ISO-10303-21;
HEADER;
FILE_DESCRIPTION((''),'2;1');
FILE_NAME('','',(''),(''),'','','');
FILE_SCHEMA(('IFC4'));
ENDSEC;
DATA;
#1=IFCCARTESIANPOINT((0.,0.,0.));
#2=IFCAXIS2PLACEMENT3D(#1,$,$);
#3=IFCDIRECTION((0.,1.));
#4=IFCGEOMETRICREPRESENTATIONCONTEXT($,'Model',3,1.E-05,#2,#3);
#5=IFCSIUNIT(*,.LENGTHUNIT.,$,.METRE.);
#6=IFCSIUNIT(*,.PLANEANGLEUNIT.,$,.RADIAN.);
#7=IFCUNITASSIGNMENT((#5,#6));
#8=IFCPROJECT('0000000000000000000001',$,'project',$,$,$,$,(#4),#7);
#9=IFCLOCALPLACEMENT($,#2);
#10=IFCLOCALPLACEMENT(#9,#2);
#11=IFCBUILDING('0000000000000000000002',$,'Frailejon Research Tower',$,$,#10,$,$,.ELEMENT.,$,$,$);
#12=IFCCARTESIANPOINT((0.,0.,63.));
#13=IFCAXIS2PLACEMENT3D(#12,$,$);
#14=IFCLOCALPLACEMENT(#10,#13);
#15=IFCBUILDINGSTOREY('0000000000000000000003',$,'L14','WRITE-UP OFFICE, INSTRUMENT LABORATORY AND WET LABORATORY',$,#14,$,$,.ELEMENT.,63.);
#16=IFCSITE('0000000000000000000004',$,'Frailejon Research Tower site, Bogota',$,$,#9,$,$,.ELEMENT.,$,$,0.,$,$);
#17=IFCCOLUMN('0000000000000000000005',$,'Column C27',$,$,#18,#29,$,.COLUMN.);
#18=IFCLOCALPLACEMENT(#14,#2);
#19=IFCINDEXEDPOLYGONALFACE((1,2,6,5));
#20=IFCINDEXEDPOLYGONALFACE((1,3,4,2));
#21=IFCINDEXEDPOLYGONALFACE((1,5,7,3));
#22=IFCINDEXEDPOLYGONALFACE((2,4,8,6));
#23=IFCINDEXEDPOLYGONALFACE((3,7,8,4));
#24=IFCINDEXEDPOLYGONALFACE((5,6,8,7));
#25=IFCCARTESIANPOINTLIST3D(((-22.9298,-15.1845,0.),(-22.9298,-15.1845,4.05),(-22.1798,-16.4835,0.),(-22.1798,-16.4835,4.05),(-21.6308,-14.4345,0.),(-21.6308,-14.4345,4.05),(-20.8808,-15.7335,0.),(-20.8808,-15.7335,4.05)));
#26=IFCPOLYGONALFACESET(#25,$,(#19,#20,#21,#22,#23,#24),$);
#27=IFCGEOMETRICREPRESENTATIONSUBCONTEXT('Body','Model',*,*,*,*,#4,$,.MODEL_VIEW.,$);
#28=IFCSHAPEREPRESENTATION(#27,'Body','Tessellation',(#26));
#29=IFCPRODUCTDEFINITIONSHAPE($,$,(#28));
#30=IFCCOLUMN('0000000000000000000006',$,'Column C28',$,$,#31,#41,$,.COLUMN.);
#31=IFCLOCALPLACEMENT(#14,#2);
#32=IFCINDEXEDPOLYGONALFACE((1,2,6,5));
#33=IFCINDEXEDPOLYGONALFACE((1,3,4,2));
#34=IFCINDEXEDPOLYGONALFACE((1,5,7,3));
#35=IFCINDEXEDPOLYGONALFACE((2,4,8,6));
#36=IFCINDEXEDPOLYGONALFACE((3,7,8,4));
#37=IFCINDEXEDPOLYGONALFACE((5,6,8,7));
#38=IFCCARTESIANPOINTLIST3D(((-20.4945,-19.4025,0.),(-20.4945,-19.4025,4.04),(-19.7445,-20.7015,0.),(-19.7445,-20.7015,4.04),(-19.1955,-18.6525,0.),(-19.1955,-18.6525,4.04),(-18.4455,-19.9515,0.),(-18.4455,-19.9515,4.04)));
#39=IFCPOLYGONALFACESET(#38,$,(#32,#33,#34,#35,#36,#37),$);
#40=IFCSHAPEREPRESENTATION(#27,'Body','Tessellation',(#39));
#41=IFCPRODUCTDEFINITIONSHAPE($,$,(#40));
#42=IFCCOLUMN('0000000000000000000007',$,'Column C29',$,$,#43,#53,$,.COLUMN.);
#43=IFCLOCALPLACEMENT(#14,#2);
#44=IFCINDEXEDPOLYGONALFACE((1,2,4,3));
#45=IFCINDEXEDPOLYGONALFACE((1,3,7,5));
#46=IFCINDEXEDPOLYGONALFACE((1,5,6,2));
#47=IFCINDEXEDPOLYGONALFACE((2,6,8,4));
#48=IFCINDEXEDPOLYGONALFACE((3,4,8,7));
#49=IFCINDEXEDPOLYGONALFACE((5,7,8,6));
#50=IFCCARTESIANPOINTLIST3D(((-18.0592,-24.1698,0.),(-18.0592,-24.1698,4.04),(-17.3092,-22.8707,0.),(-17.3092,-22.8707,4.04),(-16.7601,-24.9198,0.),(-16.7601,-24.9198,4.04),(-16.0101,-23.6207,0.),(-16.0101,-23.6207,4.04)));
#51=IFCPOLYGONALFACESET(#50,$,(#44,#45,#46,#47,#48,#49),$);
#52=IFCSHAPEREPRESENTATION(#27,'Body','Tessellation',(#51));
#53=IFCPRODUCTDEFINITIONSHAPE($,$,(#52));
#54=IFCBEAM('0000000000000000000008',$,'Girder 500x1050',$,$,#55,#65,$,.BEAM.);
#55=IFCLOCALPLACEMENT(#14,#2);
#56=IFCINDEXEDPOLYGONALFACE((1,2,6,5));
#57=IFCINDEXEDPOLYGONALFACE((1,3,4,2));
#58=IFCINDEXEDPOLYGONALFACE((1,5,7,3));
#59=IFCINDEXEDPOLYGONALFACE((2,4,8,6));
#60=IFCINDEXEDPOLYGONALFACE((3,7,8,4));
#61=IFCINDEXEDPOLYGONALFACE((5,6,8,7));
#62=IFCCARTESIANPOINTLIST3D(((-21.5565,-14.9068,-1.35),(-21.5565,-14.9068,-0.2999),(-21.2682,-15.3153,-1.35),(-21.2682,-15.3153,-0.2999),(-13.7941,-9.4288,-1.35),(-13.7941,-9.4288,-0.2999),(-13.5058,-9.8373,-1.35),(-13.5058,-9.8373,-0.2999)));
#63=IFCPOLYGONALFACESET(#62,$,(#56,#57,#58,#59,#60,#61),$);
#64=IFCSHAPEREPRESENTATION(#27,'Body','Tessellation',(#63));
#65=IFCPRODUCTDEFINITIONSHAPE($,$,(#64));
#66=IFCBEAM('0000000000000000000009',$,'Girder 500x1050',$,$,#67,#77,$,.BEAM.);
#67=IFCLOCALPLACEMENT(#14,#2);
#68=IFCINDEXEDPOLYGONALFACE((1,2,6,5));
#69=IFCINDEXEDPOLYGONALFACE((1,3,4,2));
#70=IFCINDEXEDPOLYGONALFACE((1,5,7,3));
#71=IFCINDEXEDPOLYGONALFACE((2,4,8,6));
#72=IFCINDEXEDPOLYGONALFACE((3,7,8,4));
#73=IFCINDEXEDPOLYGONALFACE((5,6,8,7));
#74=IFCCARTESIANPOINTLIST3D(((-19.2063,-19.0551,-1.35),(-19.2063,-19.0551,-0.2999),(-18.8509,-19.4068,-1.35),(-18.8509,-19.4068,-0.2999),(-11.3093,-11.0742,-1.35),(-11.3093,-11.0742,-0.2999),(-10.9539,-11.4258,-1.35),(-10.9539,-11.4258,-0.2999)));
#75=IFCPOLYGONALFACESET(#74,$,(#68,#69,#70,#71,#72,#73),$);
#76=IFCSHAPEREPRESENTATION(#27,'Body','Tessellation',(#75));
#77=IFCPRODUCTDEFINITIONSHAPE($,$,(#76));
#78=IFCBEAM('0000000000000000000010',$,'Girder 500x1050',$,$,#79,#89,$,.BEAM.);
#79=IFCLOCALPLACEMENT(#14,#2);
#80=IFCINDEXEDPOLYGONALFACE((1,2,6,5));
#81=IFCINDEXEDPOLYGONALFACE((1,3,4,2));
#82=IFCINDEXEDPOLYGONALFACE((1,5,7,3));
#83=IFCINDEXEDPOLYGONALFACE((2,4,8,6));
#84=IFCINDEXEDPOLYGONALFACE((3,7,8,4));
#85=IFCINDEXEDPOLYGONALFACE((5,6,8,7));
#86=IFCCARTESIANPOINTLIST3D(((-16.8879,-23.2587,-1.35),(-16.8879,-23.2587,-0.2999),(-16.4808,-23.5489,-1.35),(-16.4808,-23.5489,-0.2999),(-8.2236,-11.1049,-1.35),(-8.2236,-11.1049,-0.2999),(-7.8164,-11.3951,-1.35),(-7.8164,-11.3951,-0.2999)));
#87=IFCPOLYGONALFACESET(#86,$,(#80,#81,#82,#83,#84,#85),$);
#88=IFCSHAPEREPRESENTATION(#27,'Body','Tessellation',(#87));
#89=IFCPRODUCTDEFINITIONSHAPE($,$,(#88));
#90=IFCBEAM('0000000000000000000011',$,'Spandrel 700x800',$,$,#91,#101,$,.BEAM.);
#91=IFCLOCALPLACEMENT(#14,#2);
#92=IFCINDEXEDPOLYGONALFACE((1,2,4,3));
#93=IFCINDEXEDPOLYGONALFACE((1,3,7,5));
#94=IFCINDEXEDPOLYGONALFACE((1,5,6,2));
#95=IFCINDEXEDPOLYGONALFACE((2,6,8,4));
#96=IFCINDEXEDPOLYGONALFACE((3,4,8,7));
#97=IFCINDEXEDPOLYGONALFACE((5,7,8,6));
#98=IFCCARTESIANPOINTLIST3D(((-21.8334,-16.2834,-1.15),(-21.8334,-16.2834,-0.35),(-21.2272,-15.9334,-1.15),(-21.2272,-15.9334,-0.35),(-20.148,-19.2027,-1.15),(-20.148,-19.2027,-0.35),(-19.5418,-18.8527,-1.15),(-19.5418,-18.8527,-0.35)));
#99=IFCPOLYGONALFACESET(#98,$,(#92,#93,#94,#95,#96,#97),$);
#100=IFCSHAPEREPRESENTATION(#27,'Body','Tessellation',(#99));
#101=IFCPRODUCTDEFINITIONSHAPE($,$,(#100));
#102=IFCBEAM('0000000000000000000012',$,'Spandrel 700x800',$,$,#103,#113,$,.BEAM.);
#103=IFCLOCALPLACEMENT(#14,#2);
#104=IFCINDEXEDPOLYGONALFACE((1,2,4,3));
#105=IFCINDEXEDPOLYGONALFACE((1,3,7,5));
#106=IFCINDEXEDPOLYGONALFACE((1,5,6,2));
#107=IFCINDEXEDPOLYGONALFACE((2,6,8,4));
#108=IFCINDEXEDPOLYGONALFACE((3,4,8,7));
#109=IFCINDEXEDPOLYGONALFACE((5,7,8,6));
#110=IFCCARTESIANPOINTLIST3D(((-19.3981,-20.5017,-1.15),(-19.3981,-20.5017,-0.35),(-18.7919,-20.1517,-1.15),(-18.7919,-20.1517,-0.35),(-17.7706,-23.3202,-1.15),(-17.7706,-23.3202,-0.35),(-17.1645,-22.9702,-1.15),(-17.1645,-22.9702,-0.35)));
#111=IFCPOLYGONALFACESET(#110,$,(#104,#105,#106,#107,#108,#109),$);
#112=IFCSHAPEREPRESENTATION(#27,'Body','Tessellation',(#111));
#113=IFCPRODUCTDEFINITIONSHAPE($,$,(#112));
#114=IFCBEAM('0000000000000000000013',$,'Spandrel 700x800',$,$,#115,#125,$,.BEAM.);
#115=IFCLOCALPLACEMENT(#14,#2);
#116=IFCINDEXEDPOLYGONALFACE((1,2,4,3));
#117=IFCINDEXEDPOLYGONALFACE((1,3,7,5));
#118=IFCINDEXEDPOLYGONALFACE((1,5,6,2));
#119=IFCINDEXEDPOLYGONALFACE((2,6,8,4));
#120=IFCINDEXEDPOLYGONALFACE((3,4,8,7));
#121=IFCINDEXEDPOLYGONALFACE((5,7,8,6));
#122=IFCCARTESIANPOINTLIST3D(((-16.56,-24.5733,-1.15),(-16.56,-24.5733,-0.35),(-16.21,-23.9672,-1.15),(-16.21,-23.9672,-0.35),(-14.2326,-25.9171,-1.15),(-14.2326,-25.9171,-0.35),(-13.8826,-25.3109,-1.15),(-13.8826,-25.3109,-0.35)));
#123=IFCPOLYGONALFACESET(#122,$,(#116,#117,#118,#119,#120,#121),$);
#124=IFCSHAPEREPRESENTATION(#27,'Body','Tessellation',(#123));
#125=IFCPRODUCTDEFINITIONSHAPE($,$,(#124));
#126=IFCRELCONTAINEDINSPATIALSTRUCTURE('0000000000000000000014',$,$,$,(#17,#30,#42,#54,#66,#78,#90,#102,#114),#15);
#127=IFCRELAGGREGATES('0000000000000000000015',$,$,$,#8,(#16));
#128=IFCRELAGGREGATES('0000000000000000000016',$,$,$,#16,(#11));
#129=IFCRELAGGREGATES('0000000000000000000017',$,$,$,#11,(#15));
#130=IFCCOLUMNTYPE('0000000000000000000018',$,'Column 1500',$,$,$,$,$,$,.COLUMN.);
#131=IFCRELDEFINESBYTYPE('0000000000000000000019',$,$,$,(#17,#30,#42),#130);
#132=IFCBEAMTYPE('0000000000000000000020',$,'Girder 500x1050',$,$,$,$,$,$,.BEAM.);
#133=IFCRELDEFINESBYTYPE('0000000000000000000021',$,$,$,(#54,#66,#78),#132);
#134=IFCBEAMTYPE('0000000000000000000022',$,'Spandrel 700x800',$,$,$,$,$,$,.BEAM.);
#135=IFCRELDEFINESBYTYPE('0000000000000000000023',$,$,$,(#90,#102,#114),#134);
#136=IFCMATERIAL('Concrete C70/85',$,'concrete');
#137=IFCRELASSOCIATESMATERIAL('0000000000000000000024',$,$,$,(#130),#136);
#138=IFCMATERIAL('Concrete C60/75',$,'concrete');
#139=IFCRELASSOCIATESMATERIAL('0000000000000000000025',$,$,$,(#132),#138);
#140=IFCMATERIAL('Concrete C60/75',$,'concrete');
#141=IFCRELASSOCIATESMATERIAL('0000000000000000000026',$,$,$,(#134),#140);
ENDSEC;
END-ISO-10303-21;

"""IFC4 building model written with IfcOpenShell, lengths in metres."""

from ifc_helpers import new_model, si_unit, direction, frame, origin, origin_2d, place, context, subcontext, project, spatial, rectangle, extrude, material, material_profile, profile_set, type_object, element, save


model = new_model("IFC4")

# Units and contexts
model_context = context("Model", 3, precision=1e-05, world=origin(), true_north=direction((0.0, 1.0)))
body_context = subcontext(model_context, "Body", "Model", "MODEL_VIEW")
ifc_project = project(units=[si_unit("LENGTHUNIT", "METRE"), si_unit("PLANEANGLEUNIT", "RADIAN")], contexts=[model_context])

# Site, building, storey
site_placement = place(None, origin())
site = spatial("IfcSite", under=ifc_project, at=site_placement, Name="Frailejon Research Tower site, Bogota", CompositionType="ELEMENT", RefElevation=0.0)
building_placement = place(site_placement, origin())
building = spatial("IfcBuilding", under=site, at=building_placement, Name="Frailejon Research Tower", CompositionType="ELEMENT")
storey_placement = place(building_placement, frame((0.0, 0.0, 63.0)))
storey = spatial("IfcBuildingStorey", under=building, at=storey_placement, Name="L14", Description="WRITE-UP OFFICE, INSTRUMENT LABORATORY AND WET LABORATORY", CompositionType="ELEMENT", Elevation=63.0)

# Columns
ifc_material_1 = material(Name="Concrete C70/85", Category="concrete")
ifc_material_profile_1 = material_profile(ifc_material_1, rectangle(XDim=1.5, YDim=1.5, at=origin_2d()), Name="Column 1500")
ifc_profile_set_1 = profile_set([ifc_material_profile_1], Name="Concrete C70/85")
column_type = type_object("IfcColumnType", Name="Column 1500", PredefinedType="COLUMN", material=ifc_profile_set_1)
column_placement = place(storey_placement, frame((-21.9053, -15.459, 0.0), z_axis=(0.0, 0.0, 1.0), x_axis=(0.5, -0.866025, 0.0)))
element("IfcColumn", 1, at=column_placement, inside=storey, type_object=column_type, Name="Column C27", PredefinedType="COLUMN", context=body_context, shape_type="SweptSolid", body=[
    extrude(rectangle(XDim=1.5, YDim=1.5, at=origin_2d()), origin(), (0.0, 0.0, 1.0), 4.05),
])
for number, where, z_axis, x_axis, name in (
    (2, (-19.47, -19.677, 0.0), (0.0, 0.0, 1.0), (0.5, -0.866025, 0.0), "Column C28"),
    (3, (-17.0347, -23.8953, 0.0), (0.0, 0.0, 1.0), (0.866025, -0.5, 0.0), "Column C29"),
):
    element("IfcColumn", number, at=place(storey_placement, frame(where, z_axis=z_axis, x_axis=x_axis)), inside=storey, type_object=column_type, Name=name, PredefinedType="COLUMN", context=body_context, shape_type="SweptSolid", body=[
        extrude(rectangle(XDim=1.5, YDim=1.5, at=origin_2d()), origin(), (0.0, 0.0, 1.0), 4.04),
    ])

# Beams
ifc_material_2 = material(Name="Concrete C60/75", Category="concrete")
ifc_material_profile_2 = material_profile(ifc_material_2, rectangle(XDim=0.5, YDim=1.05, at=origin_2d()), Name="Girder 500x1050")
ifc_profile_set_2 = profile_set([ifc_material_profile_2], Name="Concrete C60/75")
beam_type_1 = type_object("IfcBeamType", Name="Girder 500x1050", PredefinedType="BEAM", material=ifc_profile_set_2)
beam_1_placement = place(storey_placement, frame((-21.4124, -15.1111, -0.825), z_axis=(0.817035, 0.576588, 0.0), x_axis=(-0.576588, 0.817035, 0.0)))
element("IfcBeam", 4, at=beam_1_placement, inside=storey, type_object=beam_type_1, Name="Girder 500x1050", PredefinedType="BEAM", context=body_context, shape_type="SweptSolid", body=[
    extrude(rectangle(XDim=0.5, YDim=1.05, at=origin_2d()), origin(), (0.0, 0.0, 1.0), 9.5007),
])
beam_2_placement = place(storey_placement, frame((-19.0286, -19.231, -0.825), z_axis=(0.703357, 0.710837, 0.0), x_axis=(-0.710837, 0.703357, 0.0)))
element("IfcBeam", 5, at=beam_2_placement, inside=storey, type_object=beam_type_1, Name="Girder 500x1050", PredefinedType="BEAM", context=body_context, shape_type="SweptSolid", body=[
    extrude(rectangle(XDim=0.5, YDim=1.05, at=origin_2d()), origin(), (0.0, 0.0, 1.0), 11.2275),
])
beam_3_placement = place(storey_placement, frame((-16.6843, -23.4038, -0.825), z_axis=(0.580484, 0.814271, 0.0), x_axis=(-0.814271, 0.580484, 0.0)))
element("IfcBeam", 6, at=beam_3_placement, inside=storey, type_object=beam_type_1, Name="Girder 500x1050", PredefinedType="BEAM", context=body_context, shape_type="SweptSolid", body=[
    extrude(rectangle(XDim=0.5, YDim=1.05, at=origin_2d()), origin(), (0.0, 0.0, 1.0), 14.926),
])
ifc_material_3 = material(Name="Concrete C60/75", Category="concrete")
ifc_material_profile_3 = material_profile(ifc_material_3, rectangle(XDim=0.7, YDim=0.8, at=origin_2d()), Name="Spandrel 700x800")
ifc_profile_set_3 = profile_set([ifc_material_profile_3], Name="Concrete C60/75")
beam_type_2 = type_object("IfcBeamType", Name="Spandrel 700x800", PredefinedType="BEAM", material=ifc_profile_set_3)
beam_4_placement = place(storey_placement, frame((-21.5303, -16.1084, -0.75), z_axis=(0.49998, -0.866037, 0.0), x_axis=(0.866037, 0.49998, 0.0)))
element("IfcBeam", 7, at=beam_4_placement, inside=storey, type_object=beam_type_2, Name="Spandrel 700x800", PredefinedType="BEAM", context=body_context, shape_type="SweptSolid", body=[
    extrude(rectangle(XDim=0.7, YDim=0.8, at=origin_2d()), origin(), (0.0, 0.0, 1.0), 3.3708),
])
beam_5_placement = place(storey_placement, frame((-19.095, -20.3267, -0.75), z_axis=(0.500028, -0.866009, 0.0), x_axis=(0.866009, 0.500028, 0.0)))
element("IfcBeam", 8, at=beam_5_placement, inside=storey, type_object=beam_type_2, Name="Spandrel 700x800", PredefinedType="BEAM", context=body_context, shape_type="SweptSolid", body=[
    extrude(rectangle(XDim=0.7, YDim=0.8, at=origin_2d()), origin(), (0.0, 0.0, 1.0), 3.2546),
])
beam_6_placement = place(storey_placement, frame((-16.385, -24.2703, -0.75), z_axis=(0.866021, -0.500008, 0.0), x_axis=(0.500008, 0.866021, 0.0)))
element("IfcBeam", 9, at=beam_6_placement, inside=storey, type_object=beam_type_2, Name="Spandrel 700x800", PredefinedType="BEAM", context=body_context, shape_type="SweptSolid", body=[
    extrude(rectangle(XDim=0.7, YDim=0.8, at=origin_2d()), origin(), (0.0, 0.0, 1.0), 2.6875),
])

save(model, "model.ifc")
